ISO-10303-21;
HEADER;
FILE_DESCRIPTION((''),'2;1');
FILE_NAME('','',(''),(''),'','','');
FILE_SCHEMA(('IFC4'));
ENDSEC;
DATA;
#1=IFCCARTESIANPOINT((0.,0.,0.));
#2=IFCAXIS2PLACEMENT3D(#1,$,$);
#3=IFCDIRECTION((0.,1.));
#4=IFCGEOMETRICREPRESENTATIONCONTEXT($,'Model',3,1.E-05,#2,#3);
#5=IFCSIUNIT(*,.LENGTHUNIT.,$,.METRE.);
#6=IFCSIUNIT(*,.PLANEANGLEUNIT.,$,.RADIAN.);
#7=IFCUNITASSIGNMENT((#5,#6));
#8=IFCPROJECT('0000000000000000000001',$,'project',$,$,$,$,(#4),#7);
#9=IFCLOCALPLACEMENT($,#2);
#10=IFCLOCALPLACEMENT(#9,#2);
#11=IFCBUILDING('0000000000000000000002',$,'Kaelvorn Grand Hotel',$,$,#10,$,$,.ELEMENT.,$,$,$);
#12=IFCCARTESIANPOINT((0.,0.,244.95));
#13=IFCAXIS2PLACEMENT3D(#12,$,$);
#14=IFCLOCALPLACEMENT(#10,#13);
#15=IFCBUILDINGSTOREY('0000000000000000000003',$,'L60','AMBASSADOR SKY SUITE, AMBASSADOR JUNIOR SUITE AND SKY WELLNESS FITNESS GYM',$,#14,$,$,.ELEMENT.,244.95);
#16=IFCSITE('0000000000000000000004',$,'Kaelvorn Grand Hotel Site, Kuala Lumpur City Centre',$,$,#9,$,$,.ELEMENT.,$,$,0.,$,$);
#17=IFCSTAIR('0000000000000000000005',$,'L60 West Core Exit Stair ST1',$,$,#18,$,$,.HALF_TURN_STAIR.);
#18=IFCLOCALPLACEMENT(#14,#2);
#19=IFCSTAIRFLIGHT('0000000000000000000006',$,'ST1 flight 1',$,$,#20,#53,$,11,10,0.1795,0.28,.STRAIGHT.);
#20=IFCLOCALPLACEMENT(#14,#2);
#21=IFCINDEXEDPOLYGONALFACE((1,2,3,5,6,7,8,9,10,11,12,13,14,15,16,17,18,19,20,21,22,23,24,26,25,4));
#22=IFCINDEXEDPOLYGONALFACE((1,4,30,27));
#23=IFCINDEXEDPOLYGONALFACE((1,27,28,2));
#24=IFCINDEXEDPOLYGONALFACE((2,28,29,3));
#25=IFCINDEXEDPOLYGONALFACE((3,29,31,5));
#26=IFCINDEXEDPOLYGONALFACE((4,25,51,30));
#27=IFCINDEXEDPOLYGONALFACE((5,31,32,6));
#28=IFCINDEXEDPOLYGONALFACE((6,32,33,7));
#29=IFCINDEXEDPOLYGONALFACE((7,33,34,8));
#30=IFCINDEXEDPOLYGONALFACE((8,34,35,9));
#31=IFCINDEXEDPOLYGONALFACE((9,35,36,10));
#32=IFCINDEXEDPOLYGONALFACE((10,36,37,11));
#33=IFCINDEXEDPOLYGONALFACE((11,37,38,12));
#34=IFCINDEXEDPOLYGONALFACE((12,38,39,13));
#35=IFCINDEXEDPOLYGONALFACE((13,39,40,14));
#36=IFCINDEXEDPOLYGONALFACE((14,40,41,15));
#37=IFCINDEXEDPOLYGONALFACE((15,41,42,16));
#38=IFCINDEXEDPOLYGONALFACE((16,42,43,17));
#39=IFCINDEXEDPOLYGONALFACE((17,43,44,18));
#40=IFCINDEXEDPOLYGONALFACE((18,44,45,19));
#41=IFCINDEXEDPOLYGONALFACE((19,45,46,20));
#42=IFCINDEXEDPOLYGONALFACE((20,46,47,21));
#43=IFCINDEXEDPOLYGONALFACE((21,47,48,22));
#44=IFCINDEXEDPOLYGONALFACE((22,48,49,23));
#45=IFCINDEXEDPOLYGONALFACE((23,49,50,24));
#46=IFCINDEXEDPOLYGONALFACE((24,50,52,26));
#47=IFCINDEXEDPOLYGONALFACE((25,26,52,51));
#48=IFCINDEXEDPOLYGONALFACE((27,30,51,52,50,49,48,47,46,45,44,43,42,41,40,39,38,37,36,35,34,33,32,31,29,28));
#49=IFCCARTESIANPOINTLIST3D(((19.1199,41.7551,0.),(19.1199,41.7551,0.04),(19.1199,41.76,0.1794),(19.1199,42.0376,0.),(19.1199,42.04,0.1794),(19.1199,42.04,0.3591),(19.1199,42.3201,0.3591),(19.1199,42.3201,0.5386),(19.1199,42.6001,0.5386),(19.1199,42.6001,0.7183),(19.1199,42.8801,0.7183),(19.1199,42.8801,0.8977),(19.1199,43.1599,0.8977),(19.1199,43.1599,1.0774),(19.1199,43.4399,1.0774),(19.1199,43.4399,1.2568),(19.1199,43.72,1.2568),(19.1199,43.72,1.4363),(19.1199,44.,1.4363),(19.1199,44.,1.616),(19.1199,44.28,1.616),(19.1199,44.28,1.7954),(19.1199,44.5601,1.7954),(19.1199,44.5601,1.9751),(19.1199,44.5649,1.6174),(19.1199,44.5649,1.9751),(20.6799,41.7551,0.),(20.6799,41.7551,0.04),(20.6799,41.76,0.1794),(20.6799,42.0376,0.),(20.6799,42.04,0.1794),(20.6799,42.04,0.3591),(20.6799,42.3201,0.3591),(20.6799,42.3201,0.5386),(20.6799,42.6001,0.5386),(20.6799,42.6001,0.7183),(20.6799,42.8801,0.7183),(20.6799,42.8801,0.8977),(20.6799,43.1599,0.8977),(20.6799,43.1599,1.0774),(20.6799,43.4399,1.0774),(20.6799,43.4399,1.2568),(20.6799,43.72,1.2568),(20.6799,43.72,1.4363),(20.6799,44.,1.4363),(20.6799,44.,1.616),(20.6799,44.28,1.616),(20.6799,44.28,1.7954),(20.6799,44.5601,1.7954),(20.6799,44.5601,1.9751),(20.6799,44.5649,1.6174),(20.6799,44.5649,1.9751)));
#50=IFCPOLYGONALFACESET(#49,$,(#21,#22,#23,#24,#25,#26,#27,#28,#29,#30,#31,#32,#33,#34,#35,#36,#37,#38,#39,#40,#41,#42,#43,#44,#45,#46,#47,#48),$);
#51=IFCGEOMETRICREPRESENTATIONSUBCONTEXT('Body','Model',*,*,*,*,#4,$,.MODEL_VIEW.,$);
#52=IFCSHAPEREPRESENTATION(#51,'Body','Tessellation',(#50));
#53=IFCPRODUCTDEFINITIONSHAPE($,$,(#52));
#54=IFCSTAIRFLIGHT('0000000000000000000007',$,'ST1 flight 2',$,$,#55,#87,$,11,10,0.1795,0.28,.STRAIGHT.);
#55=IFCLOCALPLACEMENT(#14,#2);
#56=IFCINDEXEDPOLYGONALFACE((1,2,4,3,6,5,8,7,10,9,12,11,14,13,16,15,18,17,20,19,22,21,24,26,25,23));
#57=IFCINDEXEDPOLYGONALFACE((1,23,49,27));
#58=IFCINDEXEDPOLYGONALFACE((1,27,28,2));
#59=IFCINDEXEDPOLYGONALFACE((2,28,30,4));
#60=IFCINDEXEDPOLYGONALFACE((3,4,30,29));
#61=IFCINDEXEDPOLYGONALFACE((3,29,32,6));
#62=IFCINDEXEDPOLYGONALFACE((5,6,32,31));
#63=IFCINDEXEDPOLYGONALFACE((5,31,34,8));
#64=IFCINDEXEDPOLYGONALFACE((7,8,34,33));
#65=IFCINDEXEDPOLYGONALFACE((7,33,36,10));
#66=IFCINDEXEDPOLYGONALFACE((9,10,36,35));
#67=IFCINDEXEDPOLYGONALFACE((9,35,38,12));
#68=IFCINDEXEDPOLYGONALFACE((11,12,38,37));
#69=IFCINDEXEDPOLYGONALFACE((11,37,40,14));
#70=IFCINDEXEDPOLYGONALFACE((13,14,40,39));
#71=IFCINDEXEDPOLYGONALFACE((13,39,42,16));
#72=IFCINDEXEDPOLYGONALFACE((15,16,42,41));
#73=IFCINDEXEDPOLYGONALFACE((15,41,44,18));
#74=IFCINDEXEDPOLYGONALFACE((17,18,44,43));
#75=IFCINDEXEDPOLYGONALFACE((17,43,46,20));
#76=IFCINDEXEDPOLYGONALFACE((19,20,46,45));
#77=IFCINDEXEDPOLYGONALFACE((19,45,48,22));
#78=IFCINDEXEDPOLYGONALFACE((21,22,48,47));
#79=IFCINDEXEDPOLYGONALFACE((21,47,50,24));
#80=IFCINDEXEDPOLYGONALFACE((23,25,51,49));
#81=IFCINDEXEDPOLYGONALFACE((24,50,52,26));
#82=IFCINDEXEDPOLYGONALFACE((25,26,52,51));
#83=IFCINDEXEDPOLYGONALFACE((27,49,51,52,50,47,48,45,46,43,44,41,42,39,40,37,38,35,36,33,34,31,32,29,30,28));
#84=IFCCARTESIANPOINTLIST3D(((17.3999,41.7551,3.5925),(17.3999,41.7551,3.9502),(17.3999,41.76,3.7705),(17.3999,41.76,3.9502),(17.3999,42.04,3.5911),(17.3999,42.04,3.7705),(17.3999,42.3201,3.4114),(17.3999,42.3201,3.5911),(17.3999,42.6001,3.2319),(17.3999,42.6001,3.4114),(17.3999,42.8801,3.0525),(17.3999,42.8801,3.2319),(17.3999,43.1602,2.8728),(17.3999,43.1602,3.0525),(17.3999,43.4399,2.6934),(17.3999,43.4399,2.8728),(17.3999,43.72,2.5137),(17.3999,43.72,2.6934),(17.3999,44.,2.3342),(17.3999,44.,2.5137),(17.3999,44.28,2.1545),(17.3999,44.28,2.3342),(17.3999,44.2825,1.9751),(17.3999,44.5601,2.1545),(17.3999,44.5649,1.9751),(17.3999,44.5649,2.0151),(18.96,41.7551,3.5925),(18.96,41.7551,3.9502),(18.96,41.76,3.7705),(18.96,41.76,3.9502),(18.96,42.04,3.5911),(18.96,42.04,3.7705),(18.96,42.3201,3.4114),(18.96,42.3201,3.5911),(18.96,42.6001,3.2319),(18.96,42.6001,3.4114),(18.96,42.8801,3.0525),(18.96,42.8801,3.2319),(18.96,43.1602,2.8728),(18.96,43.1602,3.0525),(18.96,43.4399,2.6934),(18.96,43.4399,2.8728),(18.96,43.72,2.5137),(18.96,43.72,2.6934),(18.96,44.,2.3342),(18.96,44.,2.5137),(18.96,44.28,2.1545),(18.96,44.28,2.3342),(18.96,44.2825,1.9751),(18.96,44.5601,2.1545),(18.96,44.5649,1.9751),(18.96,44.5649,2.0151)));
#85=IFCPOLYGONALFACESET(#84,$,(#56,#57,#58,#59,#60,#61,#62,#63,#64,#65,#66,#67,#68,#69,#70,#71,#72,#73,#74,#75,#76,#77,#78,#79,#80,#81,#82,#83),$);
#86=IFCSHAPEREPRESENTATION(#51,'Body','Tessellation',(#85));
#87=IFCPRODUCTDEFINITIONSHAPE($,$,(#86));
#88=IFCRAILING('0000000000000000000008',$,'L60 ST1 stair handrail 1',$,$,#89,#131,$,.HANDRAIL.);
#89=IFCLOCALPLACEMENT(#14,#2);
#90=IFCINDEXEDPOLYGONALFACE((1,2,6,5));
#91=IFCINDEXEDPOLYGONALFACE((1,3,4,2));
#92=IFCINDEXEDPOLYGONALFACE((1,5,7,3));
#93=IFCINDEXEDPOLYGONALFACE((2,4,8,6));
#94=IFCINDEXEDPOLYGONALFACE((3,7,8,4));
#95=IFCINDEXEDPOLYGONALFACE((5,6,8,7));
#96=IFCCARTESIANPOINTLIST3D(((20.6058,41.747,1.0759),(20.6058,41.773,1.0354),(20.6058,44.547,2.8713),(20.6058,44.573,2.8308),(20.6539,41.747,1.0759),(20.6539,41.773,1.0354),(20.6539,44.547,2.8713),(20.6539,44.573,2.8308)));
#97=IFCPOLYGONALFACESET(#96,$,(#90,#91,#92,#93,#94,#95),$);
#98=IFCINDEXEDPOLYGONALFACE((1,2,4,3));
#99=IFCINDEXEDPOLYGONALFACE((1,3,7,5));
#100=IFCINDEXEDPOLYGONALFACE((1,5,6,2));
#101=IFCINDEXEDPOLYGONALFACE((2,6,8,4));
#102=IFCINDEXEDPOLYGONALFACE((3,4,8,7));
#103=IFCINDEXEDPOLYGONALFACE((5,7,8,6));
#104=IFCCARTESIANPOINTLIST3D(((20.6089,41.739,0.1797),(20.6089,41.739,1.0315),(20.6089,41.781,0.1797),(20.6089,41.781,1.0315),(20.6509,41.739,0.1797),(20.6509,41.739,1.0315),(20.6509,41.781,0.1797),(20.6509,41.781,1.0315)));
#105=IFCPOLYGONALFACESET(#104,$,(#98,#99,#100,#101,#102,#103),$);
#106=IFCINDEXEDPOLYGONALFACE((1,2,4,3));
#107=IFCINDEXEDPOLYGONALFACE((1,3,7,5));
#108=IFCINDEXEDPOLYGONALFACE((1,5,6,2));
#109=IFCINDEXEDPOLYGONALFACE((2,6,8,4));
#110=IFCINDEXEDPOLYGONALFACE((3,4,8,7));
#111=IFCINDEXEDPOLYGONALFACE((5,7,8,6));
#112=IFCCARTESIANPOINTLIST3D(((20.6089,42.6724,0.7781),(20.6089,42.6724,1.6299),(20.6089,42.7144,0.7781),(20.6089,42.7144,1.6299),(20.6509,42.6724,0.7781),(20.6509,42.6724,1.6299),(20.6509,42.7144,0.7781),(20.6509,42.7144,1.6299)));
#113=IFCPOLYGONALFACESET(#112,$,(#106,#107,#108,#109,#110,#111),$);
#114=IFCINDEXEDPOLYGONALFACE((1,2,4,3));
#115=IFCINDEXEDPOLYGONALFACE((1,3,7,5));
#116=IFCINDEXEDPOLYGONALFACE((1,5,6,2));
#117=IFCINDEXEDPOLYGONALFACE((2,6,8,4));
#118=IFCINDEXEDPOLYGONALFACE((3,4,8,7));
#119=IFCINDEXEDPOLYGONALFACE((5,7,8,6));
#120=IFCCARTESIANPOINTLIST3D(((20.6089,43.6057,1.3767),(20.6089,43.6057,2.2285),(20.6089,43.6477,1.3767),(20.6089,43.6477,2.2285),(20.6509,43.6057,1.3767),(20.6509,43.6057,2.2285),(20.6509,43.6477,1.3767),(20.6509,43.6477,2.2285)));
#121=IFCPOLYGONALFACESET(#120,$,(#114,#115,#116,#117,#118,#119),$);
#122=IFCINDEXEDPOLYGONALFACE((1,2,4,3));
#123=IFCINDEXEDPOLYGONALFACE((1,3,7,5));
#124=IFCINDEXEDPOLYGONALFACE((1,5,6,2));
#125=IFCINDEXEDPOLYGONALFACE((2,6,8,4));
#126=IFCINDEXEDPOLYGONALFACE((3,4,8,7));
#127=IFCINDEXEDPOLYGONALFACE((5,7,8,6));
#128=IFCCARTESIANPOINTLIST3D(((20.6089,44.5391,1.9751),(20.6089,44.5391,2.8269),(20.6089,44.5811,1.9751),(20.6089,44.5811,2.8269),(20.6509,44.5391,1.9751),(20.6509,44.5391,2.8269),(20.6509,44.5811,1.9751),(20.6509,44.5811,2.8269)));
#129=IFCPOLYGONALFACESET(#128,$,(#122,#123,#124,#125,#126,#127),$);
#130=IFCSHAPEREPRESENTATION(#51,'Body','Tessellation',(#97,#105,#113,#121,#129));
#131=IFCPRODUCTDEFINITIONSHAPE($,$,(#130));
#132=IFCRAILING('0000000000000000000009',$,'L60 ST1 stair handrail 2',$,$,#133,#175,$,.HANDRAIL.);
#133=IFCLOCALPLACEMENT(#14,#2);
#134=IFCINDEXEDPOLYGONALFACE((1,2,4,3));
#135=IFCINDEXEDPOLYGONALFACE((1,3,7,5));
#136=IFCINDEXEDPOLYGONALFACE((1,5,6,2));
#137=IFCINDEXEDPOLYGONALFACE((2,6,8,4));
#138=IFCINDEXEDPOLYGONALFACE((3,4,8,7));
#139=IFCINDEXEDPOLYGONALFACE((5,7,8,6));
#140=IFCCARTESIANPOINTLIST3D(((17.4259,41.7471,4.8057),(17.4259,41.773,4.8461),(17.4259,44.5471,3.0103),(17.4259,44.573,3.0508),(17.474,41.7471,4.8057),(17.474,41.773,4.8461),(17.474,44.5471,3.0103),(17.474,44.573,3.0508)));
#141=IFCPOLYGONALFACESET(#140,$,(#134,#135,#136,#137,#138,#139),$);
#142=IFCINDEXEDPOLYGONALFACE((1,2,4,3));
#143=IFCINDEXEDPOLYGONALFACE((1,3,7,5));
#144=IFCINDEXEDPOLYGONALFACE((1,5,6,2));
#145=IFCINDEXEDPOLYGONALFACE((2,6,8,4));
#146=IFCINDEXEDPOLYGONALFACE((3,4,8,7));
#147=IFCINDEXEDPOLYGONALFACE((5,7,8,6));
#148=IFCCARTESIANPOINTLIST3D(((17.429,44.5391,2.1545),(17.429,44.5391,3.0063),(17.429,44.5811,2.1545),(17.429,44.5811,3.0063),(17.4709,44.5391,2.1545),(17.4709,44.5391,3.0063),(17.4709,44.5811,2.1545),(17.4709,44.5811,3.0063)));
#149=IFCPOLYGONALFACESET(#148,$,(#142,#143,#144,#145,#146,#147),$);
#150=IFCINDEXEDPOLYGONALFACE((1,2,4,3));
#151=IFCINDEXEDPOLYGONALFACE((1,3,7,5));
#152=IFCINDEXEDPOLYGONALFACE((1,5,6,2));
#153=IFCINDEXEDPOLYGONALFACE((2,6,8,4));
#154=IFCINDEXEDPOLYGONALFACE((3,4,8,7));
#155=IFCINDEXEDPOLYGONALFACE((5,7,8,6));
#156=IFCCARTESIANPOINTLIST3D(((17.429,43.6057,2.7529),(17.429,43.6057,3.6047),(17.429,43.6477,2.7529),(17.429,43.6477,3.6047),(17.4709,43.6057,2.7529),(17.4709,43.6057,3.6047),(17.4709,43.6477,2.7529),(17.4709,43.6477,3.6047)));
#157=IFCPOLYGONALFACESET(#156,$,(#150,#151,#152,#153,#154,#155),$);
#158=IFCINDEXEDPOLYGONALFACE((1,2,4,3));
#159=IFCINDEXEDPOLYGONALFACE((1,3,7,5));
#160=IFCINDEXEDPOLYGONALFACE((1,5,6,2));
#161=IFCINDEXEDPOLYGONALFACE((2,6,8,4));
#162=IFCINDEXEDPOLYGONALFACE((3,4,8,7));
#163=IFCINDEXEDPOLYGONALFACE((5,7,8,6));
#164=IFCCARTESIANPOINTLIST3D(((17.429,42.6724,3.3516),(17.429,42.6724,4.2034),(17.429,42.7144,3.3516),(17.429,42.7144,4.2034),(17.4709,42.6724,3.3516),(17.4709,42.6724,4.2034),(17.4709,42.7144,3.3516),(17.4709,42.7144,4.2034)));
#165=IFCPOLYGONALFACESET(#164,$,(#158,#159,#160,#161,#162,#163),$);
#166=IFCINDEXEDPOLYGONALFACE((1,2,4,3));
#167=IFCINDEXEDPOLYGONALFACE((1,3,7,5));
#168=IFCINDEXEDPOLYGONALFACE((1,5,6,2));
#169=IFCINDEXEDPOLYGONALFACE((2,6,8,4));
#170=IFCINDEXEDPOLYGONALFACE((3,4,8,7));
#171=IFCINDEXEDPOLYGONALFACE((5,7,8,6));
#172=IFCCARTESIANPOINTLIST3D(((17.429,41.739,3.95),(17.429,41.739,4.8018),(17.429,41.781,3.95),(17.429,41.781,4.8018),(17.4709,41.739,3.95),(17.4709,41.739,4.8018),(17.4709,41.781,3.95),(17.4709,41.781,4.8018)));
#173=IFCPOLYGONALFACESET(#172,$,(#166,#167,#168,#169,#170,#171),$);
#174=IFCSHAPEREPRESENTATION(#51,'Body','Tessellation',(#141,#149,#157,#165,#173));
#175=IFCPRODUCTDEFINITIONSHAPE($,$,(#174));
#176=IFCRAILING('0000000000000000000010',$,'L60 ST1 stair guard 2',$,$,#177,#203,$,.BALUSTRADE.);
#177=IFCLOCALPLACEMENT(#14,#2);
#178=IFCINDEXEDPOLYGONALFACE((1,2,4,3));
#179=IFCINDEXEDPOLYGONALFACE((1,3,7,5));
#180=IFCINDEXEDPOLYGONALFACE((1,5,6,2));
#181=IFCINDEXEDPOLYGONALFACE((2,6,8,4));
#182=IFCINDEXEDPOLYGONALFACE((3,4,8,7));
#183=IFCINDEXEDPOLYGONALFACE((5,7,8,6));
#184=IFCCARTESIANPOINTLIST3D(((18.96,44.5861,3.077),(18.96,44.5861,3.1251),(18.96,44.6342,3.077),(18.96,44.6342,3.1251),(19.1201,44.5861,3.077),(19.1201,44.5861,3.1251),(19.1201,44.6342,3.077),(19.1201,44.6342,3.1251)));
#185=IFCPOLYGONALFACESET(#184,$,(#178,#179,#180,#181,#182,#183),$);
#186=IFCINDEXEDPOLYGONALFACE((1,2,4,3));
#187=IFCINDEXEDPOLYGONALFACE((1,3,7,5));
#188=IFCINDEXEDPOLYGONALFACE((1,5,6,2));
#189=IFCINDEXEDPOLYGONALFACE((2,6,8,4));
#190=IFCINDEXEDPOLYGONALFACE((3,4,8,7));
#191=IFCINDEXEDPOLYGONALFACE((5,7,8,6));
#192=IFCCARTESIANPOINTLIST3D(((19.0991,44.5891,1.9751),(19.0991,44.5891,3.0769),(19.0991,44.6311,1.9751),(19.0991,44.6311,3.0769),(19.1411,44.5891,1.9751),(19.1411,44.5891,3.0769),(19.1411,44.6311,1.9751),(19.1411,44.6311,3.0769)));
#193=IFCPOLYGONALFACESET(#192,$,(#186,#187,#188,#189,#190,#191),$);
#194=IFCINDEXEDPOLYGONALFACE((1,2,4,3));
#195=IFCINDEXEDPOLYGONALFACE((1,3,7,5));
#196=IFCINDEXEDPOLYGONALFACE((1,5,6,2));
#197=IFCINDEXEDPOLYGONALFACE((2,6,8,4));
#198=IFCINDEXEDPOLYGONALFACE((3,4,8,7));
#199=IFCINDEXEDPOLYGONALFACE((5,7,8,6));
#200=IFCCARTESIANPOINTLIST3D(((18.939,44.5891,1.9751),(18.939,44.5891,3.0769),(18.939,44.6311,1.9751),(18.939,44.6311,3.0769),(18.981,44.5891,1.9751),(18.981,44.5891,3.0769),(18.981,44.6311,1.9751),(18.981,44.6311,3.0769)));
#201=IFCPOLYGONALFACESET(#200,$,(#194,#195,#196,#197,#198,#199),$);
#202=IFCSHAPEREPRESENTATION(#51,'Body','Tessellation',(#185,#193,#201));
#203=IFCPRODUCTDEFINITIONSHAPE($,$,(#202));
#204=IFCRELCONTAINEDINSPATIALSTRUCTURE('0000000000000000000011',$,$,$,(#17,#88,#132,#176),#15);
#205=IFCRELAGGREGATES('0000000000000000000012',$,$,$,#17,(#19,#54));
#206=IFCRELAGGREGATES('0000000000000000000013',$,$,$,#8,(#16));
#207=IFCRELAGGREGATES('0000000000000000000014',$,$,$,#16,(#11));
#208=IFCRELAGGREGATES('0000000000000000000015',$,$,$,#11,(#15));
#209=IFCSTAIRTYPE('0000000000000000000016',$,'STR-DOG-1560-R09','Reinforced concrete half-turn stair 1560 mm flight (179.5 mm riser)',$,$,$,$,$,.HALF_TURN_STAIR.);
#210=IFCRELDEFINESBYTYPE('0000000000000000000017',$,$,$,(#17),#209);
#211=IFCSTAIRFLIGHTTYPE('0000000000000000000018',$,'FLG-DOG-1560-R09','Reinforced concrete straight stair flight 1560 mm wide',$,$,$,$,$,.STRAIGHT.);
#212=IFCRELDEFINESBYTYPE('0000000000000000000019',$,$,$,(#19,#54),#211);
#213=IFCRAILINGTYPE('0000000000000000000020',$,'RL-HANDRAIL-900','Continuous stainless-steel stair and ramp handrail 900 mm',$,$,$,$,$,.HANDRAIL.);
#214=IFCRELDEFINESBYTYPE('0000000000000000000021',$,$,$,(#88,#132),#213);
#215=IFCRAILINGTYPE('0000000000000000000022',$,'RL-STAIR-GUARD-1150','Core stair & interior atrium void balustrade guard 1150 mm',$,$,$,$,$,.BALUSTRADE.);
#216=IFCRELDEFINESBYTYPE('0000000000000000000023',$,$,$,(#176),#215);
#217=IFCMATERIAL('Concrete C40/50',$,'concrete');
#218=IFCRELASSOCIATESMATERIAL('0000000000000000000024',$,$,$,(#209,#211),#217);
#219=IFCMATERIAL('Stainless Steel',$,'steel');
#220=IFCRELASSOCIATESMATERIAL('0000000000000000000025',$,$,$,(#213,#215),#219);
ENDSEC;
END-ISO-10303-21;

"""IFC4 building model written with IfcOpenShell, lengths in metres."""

from ifc_helpers import new_model, si_unit, direction, frame, origin, origin_2d, place, context, subcontext, project, spatial, polyline, rectangle, outline, extrude, material, type_object, element, aggregate, save


model = new_model("IFC4")

# Units and contexts
model_context = context("Model", 3, precision=1e-05, world=origin(), true_north=direction((0.0, 1.0)))
body_context = subcontext(model_context, "Body", "Model", "MODEL_VIEW")
ifc_project = project(units=[si_unit("LENGTHUNIT", "METRE"), si_unit("PLANEANGLEUNIT", "RADIAN")], contexts=[model_context])

# Site, building, storey
site_placement = place(None, origin())
site = spatial("IfcSite", under=ifc_project, at=site_placement, Name="Kaelvorn Grand Hotel Site, Kuala Lumpur City Centre", CompositionType="ELEMENT", RefElevation=0.0)
building_placement = place(site_placement, origin())
building = spatial("IfcBuilding", under=site, at=building_placement, Name="Kaelvorn Grand Hotel", CompositionType="ELEMENT")
storey_placement = place(building_placement, frame((0.0, 0.0, 244.95)))
storey = spatial("IfcBuildingStorey", under=building, at=storey_placement, Name="L60", Description="AMBASSADOR SKY SUITE, AMBASSADOR JUNIOR SUITE AND SKY WELLNESS FITNESS GYM", CompositionType="ELEMENT", Elevation=244.95)

# Shared definitions
ifc_material_1 = material(Name="Concrete C40/50", Category="concrete")

# Stair, stair flights
stair_type = type_object("IfcStairType", Name="STR-DOG-1560-R09", Description="Reinforced concrete half-turn stair 1560 mm flight (179.5 mm riser)", PredefinedType="HALF_TURN_STAIR", material=ifc_material_1)
stair_placement = place(storey_placement, origin())
stair = element("IfcStair", 1, at=stair_placement, inside=storey, type_object=stair_type, Name="L60 West Core Exit Stair ST1", PredefinedType="HALF_TURN_STAIR")
stair_flight_type = type_object("IfcStairFlightType", Name="FLG-DOG-1560-R09", Description="Reinforced concrete straight stair flight 1560 mm wide", PredefinedType="STRAIGHT", material=ifc_material_1)
stair_flight_1_placement = place(storey_placement, frame((19.8999, 41.76, 0.0), z_axis=(0.0, 0.0, 1.0), x_axis=(0.0, 1.0, 0.0)))
stair_flight_1 = element("IfcStairFlight", 2, at=stair_flight_1_placement, type_object=stair_flight_type, Name="ST1 flight 1", NumberOfRisers=11, NumberOfTreads=10, PredefinedType="STRAIGHT", RiserHeight=0.1795, TreadLength=0.28, context=body_context, shape_type="SweptSolid", body=[
    extrude(outline(polyline([(-0.0049, 0.0), (-0.0049, 0.04), (0.0, 0.1794), (0.28, 0.1794), (0.28, 0.3591), (0.5601, 0.3591), (0.5601, 0.5386), (0.8401, 0.5386), (0.8401, 0.7183), (1.1201, 0.7183), (1.1201, 0.8977), (1.3999, 0.8977), (1.3999, 1.0774), (1.6799, 1.0774), (1.6799, 1.2568), (1.96, 1.2568), (1.96, 1.4363), (2.24, 1.4363), (2.24, 1.616), (2.52, 1.616), (2.52, 1.7954), (2.8, 1.7954), (2.8, 1.9751), (2.8049, 1.9751), (2.8049, 1.6174), (0.2776, 0.0), (-0.0049, 0.0)])), frame((0.0, 0.78, 0.0), z_axis=(0.0, -1.0, 0.0), x_axis=(1.0, 0.0, 0.0)), (0.0, 0.0, 1.0), 1.5601),
])
stair_flight_2_placement = place(storey_placement, frame((18.1799, 44.5601, 1.9751), z_axis=(0.0, 0.0, 1.0), x_axis=(0.0, -1.0, 0.0)))
stair_flight_2 = element("IfcStairFlight", 3, at=stair_flight_2_placement, type_object=stair_flight_type, Name="ST1 flight 2", NumberOfRisers=11, NumberOfTreads=10, PredefinedType="STRAIGHT", RiserHeight=0.1795, TreadLength=0.28, context=body_context, shape_type="SweptSolid", body=[
    extrude(outline(polyline([(-0.0049, 0.0), (-0.0049, 0.04), (0.0, 0.1794), (0.28, 0.1794), (0.28, 0.3591), (0.5601, 0.3591), (0.5601, 0.5386), (0.8401, 0.5386), (0.8401, 0.7183), (1.1201, 0.7183), (1.1201, 0.8977), (1.3999, 0.8977), (1.3999, 1.0774), (1.6799, 1.0774), (1.6799, 1.2568), (1.96, 1.2568), (1.96, 1.4363), (2.24, 1.4363), (2.24, 1.616), (2.52, 1.616), (2.52, 1.7954), (2.8, 1.7954), (2.8, 1.9751), (2.8049, 1.9751), (2.8049, 1.6174), (0.2776, 0.0), (-0.0049, 0.0)])), frame((0.0, 0.78, 0.0), z_axis=(0.0, -1.0, 0.0), x_axis=(1.0, 0.0, 0.0)), (0.0, 0.0, 1.0), 1.5601),
])
aggregate(stair, [stair_flight_1, stair_flight_2])

# Railings
ifc_material_2 = material(Name="Stainless Steel", Category="steel")
railing_type_1 = type_object("IfcRailingType", Name="RL-HANDRAIL-900", Description="Continuous stainless-steel stair and ramp handrail 900 mm", PredefinedType="HANDRAIL", material=ifc_material_2)
railing_1_placement = place(storey_placement, frame((20.6299, 41.76, 0.1797)))
element("IfcRailing", 4, at=railing_1_placement, inside=storey, type_object=railing_type_1, Name="L60 ST1 stair handrail 1", PredefinedType="HANDRAIL", context=body_context, shape_type="SweptSolid", body=[
    extrude(rectangle(XDim=0.0481, YDim=0.0481, at=origin_2d()), frame((0.0, 0.0, 0.876), z_axis=(0.0, 0.84181, 0.539774), x_axis=(-1.0, 0.0, 0.0)), (0.0, 0.0, 1.0), 3.3262),
    extrude(rectangle(XDim=0.042, YDim=0.042, at=origin_2d()), origin(), (0.0, 0.0, 1.0), 0.8518),
    extrude(rectangle(XDim=0.042, YDim=0.042, at=origin_2d()), frame((0.0, 0.9333, 0.5984)), (0.0, 0.0, 1.0), 0.8518),
    extrude(rectangle(XDim=0.042, YDim=0.042, at=origin_2d()), frame((0.0, 1.8667, 1.197)), (0.0, 0.0, 1.0), 0.8518),
    extrude(rectangle(XDim=0.042, YDim=0.042, at=origin_2d()), frame((0.0, 2.8, 1.7954)), (0.0, 0.0, 1.0), 0.8518),
])
railing_2_placement = place(storey_placement, frame((17.45, 44.5601, 2.1545)))
element("IfcRailing", 5, at=railing_2_placement, inside=storey, type_object=railing_type_1, Name="L60 ST1 stair handrail 2", PredefinedType="HANDRAIL", context=body_context, shape_type="SweptSolid", body=[
    extrude(rectangle(XDim=0.0481, YDim=0.0481, at=origin_2d()), frame((0.0, 0.0, 0.876), z_axis=(0.0, -0.84181, 0.539774), x_axis=(1.0, 0.0, 0.0)), (0.0, 0.0, 1.0), 3.3262),
    extrude(rectangle(XDim=0.042, YDim=0.042, at=origin_2d()), origin(), (0.0, 0.0, 1.0), 0.8518),
    extrude(rectangle(XDim=0.042, YDim=0.042, at=origin_2d()), frame((0.0, -0.9333, 0.5984)), (0.0, 0.0, 1.0), 0.8518),
    extrude(rectangle(XDim=0.042, YDim=0.042, at=origin_2d()), frame((0.0, -1.8667, 1.197)), (0.0, 0.0, 1.0), 0.8518),
    extrude(rectangle(XDim=0.042, YDim=0.042, at=origin_2d()), frame((0.0, -2.8, 1.7954)), (0.0, 0.0, 1.0), 0.8518),
])
railing_type_2 = type_object("IfcRailingType", Name="RL-STAIR-GUARD-1150", Description="Core stair & interior atrium void balustrade guard 1150 mm", PredefinedType="BALUSTRADE", material=ifc_material_2)
railing_3_placement = place(storey_placement, frame((19.1201, 44.6101, 1.9751)))
element("IfcRailing", 6, at=railing_3_placement, inside=storey, type_object=railing_type_2, Name="L60 ST1 stair guard 2", PredefinedType="BALUSTRADE", context=body_context, shape_type="SweptSolid", body=[
    extrude(rectangle(XDim=0.0481, YDim=0.0481, at=origin_2d()), frame((0.0, 0.0, 1.126), z_axis=(-1.0, 0.0, 0.0), x_axis=(0.0, -1.0, 0.0)), (0.0, 0.0, 1.0), 0.1602),
    extrude(rectangle(XDim=0.042, YDim=0.042, at=origin_2d()), origin(), (0.0, 0.0, 1.0), 1.1018),
    extrude(rectangle(XDim=0.042, YDim=0.042, at=origin_2d()), frame((-0.1602, 0.0, 0.0)), (0.0, 0.0, 1.0), 1.1018),
])

save(model, "model.ifc")
